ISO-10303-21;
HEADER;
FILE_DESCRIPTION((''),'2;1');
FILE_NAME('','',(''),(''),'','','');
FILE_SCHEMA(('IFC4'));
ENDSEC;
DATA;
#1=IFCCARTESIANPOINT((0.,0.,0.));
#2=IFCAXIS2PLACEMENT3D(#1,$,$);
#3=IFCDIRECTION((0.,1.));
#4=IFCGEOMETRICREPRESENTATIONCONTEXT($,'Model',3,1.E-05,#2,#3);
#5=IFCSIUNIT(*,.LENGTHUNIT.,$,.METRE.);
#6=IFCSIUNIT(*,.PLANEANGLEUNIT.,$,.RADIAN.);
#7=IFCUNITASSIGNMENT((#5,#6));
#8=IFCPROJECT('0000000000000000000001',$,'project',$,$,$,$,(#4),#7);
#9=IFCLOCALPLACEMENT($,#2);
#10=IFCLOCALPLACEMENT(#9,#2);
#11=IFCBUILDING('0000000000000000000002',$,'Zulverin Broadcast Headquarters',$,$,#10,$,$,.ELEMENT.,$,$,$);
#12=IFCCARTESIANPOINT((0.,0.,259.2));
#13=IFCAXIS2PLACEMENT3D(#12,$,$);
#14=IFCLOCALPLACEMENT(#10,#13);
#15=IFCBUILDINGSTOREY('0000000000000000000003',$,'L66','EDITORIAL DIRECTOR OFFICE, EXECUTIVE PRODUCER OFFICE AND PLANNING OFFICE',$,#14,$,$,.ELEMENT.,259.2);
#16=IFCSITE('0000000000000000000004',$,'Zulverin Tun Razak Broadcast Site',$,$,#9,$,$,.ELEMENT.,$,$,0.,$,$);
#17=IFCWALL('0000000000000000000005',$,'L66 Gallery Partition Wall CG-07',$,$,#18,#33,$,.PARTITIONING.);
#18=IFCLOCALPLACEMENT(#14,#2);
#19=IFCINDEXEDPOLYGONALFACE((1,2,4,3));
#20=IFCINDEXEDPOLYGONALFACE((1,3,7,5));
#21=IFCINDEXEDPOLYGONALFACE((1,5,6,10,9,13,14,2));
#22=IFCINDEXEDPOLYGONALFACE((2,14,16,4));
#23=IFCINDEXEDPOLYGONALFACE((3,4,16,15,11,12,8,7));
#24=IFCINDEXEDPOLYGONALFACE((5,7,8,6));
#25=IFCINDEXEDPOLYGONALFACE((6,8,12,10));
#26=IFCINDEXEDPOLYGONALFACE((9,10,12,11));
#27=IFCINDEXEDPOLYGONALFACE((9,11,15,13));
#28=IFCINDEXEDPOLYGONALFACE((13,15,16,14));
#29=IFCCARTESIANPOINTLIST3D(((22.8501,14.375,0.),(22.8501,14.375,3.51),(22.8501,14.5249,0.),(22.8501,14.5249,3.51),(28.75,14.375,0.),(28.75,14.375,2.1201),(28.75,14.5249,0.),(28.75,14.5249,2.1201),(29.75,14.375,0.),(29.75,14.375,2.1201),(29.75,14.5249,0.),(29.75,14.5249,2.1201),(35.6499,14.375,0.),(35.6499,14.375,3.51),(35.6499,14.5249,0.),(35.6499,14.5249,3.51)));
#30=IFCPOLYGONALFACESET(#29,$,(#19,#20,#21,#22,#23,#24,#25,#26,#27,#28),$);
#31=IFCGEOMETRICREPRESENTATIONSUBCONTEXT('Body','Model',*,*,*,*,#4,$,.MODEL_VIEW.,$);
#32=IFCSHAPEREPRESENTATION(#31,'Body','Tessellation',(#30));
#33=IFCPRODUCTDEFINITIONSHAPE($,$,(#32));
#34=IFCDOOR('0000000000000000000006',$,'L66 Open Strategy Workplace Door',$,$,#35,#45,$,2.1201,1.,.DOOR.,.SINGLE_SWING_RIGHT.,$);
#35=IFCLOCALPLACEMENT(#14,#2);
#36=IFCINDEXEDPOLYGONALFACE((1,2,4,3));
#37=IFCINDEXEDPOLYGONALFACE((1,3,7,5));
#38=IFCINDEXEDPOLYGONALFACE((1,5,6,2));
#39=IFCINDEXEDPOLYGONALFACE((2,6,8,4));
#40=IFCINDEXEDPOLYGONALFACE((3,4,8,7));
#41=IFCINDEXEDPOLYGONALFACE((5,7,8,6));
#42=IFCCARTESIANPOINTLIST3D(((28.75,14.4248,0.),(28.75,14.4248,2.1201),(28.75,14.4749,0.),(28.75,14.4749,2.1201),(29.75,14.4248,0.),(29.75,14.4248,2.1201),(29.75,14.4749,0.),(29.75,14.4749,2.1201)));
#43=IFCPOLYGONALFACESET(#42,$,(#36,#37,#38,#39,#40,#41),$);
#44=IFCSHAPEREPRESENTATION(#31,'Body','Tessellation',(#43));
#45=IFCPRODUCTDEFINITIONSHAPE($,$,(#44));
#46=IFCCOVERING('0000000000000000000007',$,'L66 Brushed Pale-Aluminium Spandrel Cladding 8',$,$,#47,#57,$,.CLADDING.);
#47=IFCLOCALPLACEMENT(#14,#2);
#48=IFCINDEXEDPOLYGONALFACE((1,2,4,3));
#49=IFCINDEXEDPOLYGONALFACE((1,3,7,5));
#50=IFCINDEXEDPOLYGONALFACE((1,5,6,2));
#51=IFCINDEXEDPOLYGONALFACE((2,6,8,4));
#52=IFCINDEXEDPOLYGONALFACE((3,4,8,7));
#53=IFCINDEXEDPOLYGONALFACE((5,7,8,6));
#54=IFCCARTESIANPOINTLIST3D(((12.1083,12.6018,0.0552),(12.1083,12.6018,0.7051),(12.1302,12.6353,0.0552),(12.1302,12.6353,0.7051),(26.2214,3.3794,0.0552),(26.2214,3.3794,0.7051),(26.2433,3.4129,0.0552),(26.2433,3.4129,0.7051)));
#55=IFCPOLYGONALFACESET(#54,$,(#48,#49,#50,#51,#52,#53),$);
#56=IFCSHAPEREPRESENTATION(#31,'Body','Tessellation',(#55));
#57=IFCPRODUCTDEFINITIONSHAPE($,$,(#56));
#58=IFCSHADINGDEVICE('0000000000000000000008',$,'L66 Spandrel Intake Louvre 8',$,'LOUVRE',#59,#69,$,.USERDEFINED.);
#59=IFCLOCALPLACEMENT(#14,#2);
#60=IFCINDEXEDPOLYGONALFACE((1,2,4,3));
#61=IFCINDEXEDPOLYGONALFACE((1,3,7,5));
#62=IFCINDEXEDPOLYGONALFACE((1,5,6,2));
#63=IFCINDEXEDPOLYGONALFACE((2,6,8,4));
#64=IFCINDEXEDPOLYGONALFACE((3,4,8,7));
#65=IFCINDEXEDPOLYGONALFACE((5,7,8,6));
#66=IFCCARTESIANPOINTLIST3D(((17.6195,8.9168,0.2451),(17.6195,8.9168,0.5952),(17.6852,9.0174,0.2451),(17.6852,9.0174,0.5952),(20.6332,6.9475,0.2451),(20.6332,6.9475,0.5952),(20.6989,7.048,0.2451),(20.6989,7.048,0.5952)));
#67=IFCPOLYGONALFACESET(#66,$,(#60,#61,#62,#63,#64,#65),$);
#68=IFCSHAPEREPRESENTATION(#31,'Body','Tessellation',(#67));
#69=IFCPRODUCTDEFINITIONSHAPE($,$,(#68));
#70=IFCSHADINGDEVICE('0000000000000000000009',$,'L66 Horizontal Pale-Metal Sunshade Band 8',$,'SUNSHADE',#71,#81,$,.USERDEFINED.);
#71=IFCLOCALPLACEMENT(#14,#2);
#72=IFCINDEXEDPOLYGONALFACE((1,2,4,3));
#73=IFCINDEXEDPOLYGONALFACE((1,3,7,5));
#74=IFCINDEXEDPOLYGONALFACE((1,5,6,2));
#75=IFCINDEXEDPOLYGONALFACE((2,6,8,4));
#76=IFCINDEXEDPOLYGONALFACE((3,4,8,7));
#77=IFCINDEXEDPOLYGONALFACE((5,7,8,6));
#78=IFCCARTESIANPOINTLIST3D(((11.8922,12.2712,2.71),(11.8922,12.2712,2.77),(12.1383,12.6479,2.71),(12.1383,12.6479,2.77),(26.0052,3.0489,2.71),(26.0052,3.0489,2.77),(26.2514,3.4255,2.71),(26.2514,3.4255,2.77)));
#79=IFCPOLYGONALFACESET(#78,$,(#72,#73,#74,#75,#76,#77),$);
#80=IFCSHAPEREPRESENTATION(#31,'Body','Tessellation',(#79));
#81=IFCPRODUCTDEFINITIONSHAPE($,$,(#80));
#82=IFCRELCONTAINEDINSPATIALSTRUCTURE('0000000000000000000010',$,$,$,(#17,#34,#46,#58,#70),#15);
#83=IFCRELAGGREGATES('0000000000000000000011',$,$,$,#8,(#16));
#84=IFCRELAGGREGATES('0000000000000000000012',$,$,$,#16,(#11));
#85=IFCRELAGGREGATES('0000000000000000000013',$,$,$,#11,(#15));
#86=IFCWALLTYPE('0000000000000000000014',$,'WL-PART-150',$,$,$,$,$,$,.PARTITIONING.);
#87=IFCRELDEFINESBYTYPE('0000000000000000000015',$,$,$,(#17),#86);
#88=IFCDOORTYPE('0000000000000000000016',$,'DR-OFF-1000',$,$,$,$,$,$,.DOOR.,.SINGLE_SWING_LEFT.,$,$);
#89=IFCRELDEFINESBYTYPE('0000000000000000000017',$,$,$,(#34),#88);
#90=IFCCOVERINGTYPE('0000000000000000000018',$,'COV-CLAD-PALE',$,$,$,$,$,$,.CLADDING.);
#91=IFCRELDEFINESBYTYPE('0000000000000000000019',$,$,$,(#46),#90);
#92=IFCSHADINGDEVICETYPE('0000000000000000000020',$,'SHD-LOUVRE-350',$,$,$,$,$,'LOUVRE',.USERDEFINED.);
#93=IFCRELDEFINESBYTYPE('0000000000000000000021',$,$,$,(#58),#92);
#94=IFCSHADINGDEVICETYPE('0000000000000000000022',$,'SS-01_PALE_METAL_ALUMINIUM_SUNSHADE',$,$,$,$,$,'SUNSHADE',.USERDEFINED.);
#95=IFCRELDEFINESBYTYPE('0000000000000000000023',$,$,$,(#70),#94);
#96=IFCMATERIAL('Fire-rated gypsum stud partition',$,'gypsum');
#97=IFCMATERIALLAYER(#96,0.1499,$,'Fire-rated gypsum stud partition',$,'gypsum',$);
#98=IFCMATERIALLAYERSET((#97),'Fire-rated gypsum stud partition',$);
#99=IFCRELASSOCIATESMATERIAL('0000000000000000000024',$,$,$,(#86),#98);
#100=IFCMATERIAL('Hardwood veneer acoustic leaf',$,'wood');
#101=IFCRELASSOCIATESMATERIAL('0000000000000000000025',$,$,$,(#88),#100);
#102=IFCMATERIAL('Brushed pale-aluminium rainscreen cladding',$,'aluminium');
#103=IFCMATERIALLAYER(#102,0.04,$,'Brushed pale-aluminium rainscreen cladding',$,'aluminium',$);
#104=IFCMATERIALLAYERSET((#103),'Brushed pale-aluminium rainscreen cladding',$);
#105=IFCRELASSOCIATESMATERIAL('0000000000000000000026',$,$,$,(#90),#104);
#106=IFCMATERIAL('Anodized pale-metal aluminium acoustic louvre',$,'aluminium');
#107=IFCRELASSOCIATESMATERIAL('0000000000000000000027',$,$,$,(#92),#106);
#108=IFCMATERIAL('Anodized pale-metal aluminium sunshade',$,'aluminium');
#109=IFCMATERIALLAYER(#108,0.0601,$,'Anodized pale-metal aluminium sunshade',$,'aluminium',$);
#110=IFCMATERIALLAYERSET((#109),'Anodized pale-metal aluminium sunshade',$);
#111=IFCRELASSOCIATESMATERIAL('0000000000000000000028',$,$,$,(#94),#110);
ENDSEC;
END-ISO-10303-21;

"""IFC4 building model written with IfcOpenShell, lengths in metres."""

from ifc_helpers import new_model, si_unit, direction, frame, frame_2d, origin, origin_2d, place, context, subcontext, project, spatial, rectangle, extrude, material, layer, layer_set, type_object, element, fill, save


model = new_model("IFC4")

# Units and contexts
model_context = context("Model", 3, precision=1e-05, world=origin(), true_north=direction((0.0, 1.0)))
body_context = subcontext(model_context, "Body", "Model", "MODEL_VIEW")
ifc_project = project(units=[si_unit("LENGTHUNIT", "METRE"), si_unit("PLANEANGLEUNIT", "RADIAN")], contexts=[model_context])

# Site, building, storey
site_placement = place(None, origin())
site = spatial("IfcSite", under=ifc_project, at=site_placement, Name="Zulverin Tun Razak Broadcast Site", CompositionType="ELEMENT", RefElevation=0.0)
building_placement = place(site_placement, origin())
building = spatial("IfcBuilding", under=site, at=building_placement, Name="Zulverin Broadcast Headquarters", CompositionType="ELEMENT")
storey_placement = place(building_placement, frame((0.0, 0.0, 259.2)))
storey = spatial("IfcBuildingStorey", under=building, at=storey_placement, Name="L66", Description="EDITORIAL DIRECTOR OFFICE, EXECUTIVE PRODUCER OFFICE AND PLANNING OFFICE", CompositionType="ELEMENT", Elevation=259.2)

# Shared definitions
ifc_material_1 = material(Name="Fire-rated gypsum stud partition", Category="gypsum")
ifc_layer_1 = layer(ifc_material_1, 0.1499, Name="Fire-rated gypsum stud partition", Category="gypsum")
ifc_layer_set_1 = layer_set([ifc_layer_1], Name="Fire-rated gypsum stud partition")
wall_type_1 = type_object("IfcWallType", Name="WL-PART-150", PredefinedType="PARTITIONING", material=ifc_layer_set_1)

# Wall, opening, door
wall_1_placement = place(storey_placement, frame((22.8501, 14.45, 0.0), z_axis=(0.0, 0.0, 1.0), x_axis=(1.0, 0.0, 0.0)))
wall_1 = element("IfcWall", 1, at=wall_1_placement, inside=storey, type_object=wall_type_1, Name="L66 Gallery Partition Wall CG-07", PredefinedType="PARTITIONING", context=body_context, shape_type="SweptSolid", body=[
    extrude(rectangle(XDim=12.7998, YDim=0.1499, at=frame_2d((6.3999, 0.0))), origin(), (0.0, 0.0, 1.0), 3.51),
])
opening_1_placement = place(wall_1_placement, frame((5.8999, 0.0, 0.0)))
opening_1 = element("IfcOpeningElement", 2, at=opening_1_placement, cuts=wall_1, PredefinedType="OPENING", context=body_context, shape_type="SweptSolid", body=[
    extrude(rectangle(XDim=1.0, YDim=2.1201, at=frame_2d((0.5, 1.0601))), frame((0.0, 0.085, 0.0), z_axis=(0.0, -1.0, 0.0), x_axis=(1.0, 0.0, 0.0)), (0.0, 0.0, 1.0), 0.1699),
])
ifc_material_2 = material(Name="Hardwood veneer acoustic leaf", Category="wood")
door_type_1 = type_object("IfcDoorType", Name="DR-OFF-1000", OperationType="SINGLE_SWING_LEFT", PredefinedType="DOOR", material=ifc_material_2)
door_1_placement = place(opening_1_placement, origin())
door_1 = element("IfcDoor", 3, at=door_1_placement, inside=storey, type_object=door_type_1, Name="L66 Open Strategy Workplace Door", OperationType="SINGLE_SWING_RIGHT", OverallHeight=2.1201, OverallWidth=1.0, PredefinedType="DOOR", context=body_context, shape_type="SweptSolid", body=[
    extrude(rectangle(XDim=1.0, YDim=2.1201, at=frame_2d((0.5, 1.0601))), frame((0.0, 0.0249, 0.0), z_axis=(0.0, -1.0, 0.0), x_axis=(1.0, 0.0, 0.0)), (0.0, 0.0, 1.0), 0.05),
])
fill(opening_1, door_1)

# Covering
ifc_material_3 = material(Name="Brushed pale-aluminium rainscreen cladding", Category="aluminium")
ifc_layer_2 = layer(ifc_material_3, 0.04, Name="Brushed pale-aluminium rainscreen cladding", Category="aluminium")
ifc_layer_set_2 = layer_set([ifc_layer_2], Name="Brushed pale-aluminium rainscreen cladding")
covering_type = type_object("IfcCoveringType", Name="COV-CLAD-PALE", PredefinedType="CLADDING", material=ifc_layer_set_2)
covering_placement = place(storey_placement, frame((19.1758, 8.0073, 0.0552), z_axis=(0.0, 0.0, 1.0), x_axis=(0.837116, -0.547026, 0.0)))
element("IfcCovering", 4, at=covering_placement, inside=storey, type_object=covering_type, Name="L66 Brushed Pale-Aluminium Spandrel Cladding 8", PredefinedType="CLADDING", context=body_context, shape_type="SweptSolid", body=[
    extrude(rectangle(XDim=16.8591, YDim=0.04, at=origin_2d()), origin(), (0.0, 0.0, 1.0), 0.6499),
])

# Shading devices
ifc_material_4 = material(Name="Anodized pale-metal aluminium acoustic louvre", Category="aluminium")
shading_device_type_1 = type_object("IfcShadingDeviceType", Name="SHD-LOUVRE-350", ElementType="LOUVRE", PredefinedType="USERDEFINED", material=ifc_material_4)
shading_device_1_placement = place(storey_placement, frame((19.1592, 7.9824, 0.2451), z_axis=(0.0, 0.0, 1.0), x_axis=(0.837116, -0.547026, 0.0)))
element("IfcShadingDevice", 5, at=shading_device_1_placement, inside=storey, type_object=shading_device_type_1, Name="L66 Spandrel Intake Louvre 8", ObjectType="LOUVRE", PredefinedType="USERDEFINED", context=body_context, shape_type="SweptSolid", body=[
    extrude(rectangle(XDim=3.6001, YDim=0.1201, at=origin_2d()), origin(), (0.0, 0.0, 1.0), 0.3501),
])
ifc_material_5 = material(Name="Anodized pale-metal aluminium sunshade", Category="aluminium")
ifc_layer_3 = layer(ifc_material_5, 0.0601, Name="Anodized pale-metal aluminium sunshade", Category="aluminium")
ifc_layer_set_3 = layer_set([ifc_layer_3], Name="Anodized pale-metal aluminium sunshade")
shading_device_type_2 = type_object("IfcShadingDeviceType", Name="SS-01_PALE_METAL_ALUMINIUM_SUNSHADE", ElementType="SUNSHADE", PredefinedType="USERDEFINED", material=ifc_layer_set_3)
shading_device_2_placement = place(storey_placement, frame((19.0718, 7.8484, 2.71), z_axis=(0.0, 0.0, 1.0), x_axis=(0.837116, -0.547026, 0.0)))
element("IfcShadingDevice", 6, at=shading_device_2_placement, inside=storey, type_object=shading_device_type_2, Name="L66 Horizontal Pale-Metal Sunshade Band 8", ObjectType="SUNSHADE", PredefinedType="USERDEFINED", context=body_context, shape_type="SweptSolid", body=[
    extrude(rectangle(XDim=16.8591, YDim=0.45, at=origin_2d()), origin(), (0.0, 0.0, 1.0), 0.0601),
])

save(model, "model.ifc")
